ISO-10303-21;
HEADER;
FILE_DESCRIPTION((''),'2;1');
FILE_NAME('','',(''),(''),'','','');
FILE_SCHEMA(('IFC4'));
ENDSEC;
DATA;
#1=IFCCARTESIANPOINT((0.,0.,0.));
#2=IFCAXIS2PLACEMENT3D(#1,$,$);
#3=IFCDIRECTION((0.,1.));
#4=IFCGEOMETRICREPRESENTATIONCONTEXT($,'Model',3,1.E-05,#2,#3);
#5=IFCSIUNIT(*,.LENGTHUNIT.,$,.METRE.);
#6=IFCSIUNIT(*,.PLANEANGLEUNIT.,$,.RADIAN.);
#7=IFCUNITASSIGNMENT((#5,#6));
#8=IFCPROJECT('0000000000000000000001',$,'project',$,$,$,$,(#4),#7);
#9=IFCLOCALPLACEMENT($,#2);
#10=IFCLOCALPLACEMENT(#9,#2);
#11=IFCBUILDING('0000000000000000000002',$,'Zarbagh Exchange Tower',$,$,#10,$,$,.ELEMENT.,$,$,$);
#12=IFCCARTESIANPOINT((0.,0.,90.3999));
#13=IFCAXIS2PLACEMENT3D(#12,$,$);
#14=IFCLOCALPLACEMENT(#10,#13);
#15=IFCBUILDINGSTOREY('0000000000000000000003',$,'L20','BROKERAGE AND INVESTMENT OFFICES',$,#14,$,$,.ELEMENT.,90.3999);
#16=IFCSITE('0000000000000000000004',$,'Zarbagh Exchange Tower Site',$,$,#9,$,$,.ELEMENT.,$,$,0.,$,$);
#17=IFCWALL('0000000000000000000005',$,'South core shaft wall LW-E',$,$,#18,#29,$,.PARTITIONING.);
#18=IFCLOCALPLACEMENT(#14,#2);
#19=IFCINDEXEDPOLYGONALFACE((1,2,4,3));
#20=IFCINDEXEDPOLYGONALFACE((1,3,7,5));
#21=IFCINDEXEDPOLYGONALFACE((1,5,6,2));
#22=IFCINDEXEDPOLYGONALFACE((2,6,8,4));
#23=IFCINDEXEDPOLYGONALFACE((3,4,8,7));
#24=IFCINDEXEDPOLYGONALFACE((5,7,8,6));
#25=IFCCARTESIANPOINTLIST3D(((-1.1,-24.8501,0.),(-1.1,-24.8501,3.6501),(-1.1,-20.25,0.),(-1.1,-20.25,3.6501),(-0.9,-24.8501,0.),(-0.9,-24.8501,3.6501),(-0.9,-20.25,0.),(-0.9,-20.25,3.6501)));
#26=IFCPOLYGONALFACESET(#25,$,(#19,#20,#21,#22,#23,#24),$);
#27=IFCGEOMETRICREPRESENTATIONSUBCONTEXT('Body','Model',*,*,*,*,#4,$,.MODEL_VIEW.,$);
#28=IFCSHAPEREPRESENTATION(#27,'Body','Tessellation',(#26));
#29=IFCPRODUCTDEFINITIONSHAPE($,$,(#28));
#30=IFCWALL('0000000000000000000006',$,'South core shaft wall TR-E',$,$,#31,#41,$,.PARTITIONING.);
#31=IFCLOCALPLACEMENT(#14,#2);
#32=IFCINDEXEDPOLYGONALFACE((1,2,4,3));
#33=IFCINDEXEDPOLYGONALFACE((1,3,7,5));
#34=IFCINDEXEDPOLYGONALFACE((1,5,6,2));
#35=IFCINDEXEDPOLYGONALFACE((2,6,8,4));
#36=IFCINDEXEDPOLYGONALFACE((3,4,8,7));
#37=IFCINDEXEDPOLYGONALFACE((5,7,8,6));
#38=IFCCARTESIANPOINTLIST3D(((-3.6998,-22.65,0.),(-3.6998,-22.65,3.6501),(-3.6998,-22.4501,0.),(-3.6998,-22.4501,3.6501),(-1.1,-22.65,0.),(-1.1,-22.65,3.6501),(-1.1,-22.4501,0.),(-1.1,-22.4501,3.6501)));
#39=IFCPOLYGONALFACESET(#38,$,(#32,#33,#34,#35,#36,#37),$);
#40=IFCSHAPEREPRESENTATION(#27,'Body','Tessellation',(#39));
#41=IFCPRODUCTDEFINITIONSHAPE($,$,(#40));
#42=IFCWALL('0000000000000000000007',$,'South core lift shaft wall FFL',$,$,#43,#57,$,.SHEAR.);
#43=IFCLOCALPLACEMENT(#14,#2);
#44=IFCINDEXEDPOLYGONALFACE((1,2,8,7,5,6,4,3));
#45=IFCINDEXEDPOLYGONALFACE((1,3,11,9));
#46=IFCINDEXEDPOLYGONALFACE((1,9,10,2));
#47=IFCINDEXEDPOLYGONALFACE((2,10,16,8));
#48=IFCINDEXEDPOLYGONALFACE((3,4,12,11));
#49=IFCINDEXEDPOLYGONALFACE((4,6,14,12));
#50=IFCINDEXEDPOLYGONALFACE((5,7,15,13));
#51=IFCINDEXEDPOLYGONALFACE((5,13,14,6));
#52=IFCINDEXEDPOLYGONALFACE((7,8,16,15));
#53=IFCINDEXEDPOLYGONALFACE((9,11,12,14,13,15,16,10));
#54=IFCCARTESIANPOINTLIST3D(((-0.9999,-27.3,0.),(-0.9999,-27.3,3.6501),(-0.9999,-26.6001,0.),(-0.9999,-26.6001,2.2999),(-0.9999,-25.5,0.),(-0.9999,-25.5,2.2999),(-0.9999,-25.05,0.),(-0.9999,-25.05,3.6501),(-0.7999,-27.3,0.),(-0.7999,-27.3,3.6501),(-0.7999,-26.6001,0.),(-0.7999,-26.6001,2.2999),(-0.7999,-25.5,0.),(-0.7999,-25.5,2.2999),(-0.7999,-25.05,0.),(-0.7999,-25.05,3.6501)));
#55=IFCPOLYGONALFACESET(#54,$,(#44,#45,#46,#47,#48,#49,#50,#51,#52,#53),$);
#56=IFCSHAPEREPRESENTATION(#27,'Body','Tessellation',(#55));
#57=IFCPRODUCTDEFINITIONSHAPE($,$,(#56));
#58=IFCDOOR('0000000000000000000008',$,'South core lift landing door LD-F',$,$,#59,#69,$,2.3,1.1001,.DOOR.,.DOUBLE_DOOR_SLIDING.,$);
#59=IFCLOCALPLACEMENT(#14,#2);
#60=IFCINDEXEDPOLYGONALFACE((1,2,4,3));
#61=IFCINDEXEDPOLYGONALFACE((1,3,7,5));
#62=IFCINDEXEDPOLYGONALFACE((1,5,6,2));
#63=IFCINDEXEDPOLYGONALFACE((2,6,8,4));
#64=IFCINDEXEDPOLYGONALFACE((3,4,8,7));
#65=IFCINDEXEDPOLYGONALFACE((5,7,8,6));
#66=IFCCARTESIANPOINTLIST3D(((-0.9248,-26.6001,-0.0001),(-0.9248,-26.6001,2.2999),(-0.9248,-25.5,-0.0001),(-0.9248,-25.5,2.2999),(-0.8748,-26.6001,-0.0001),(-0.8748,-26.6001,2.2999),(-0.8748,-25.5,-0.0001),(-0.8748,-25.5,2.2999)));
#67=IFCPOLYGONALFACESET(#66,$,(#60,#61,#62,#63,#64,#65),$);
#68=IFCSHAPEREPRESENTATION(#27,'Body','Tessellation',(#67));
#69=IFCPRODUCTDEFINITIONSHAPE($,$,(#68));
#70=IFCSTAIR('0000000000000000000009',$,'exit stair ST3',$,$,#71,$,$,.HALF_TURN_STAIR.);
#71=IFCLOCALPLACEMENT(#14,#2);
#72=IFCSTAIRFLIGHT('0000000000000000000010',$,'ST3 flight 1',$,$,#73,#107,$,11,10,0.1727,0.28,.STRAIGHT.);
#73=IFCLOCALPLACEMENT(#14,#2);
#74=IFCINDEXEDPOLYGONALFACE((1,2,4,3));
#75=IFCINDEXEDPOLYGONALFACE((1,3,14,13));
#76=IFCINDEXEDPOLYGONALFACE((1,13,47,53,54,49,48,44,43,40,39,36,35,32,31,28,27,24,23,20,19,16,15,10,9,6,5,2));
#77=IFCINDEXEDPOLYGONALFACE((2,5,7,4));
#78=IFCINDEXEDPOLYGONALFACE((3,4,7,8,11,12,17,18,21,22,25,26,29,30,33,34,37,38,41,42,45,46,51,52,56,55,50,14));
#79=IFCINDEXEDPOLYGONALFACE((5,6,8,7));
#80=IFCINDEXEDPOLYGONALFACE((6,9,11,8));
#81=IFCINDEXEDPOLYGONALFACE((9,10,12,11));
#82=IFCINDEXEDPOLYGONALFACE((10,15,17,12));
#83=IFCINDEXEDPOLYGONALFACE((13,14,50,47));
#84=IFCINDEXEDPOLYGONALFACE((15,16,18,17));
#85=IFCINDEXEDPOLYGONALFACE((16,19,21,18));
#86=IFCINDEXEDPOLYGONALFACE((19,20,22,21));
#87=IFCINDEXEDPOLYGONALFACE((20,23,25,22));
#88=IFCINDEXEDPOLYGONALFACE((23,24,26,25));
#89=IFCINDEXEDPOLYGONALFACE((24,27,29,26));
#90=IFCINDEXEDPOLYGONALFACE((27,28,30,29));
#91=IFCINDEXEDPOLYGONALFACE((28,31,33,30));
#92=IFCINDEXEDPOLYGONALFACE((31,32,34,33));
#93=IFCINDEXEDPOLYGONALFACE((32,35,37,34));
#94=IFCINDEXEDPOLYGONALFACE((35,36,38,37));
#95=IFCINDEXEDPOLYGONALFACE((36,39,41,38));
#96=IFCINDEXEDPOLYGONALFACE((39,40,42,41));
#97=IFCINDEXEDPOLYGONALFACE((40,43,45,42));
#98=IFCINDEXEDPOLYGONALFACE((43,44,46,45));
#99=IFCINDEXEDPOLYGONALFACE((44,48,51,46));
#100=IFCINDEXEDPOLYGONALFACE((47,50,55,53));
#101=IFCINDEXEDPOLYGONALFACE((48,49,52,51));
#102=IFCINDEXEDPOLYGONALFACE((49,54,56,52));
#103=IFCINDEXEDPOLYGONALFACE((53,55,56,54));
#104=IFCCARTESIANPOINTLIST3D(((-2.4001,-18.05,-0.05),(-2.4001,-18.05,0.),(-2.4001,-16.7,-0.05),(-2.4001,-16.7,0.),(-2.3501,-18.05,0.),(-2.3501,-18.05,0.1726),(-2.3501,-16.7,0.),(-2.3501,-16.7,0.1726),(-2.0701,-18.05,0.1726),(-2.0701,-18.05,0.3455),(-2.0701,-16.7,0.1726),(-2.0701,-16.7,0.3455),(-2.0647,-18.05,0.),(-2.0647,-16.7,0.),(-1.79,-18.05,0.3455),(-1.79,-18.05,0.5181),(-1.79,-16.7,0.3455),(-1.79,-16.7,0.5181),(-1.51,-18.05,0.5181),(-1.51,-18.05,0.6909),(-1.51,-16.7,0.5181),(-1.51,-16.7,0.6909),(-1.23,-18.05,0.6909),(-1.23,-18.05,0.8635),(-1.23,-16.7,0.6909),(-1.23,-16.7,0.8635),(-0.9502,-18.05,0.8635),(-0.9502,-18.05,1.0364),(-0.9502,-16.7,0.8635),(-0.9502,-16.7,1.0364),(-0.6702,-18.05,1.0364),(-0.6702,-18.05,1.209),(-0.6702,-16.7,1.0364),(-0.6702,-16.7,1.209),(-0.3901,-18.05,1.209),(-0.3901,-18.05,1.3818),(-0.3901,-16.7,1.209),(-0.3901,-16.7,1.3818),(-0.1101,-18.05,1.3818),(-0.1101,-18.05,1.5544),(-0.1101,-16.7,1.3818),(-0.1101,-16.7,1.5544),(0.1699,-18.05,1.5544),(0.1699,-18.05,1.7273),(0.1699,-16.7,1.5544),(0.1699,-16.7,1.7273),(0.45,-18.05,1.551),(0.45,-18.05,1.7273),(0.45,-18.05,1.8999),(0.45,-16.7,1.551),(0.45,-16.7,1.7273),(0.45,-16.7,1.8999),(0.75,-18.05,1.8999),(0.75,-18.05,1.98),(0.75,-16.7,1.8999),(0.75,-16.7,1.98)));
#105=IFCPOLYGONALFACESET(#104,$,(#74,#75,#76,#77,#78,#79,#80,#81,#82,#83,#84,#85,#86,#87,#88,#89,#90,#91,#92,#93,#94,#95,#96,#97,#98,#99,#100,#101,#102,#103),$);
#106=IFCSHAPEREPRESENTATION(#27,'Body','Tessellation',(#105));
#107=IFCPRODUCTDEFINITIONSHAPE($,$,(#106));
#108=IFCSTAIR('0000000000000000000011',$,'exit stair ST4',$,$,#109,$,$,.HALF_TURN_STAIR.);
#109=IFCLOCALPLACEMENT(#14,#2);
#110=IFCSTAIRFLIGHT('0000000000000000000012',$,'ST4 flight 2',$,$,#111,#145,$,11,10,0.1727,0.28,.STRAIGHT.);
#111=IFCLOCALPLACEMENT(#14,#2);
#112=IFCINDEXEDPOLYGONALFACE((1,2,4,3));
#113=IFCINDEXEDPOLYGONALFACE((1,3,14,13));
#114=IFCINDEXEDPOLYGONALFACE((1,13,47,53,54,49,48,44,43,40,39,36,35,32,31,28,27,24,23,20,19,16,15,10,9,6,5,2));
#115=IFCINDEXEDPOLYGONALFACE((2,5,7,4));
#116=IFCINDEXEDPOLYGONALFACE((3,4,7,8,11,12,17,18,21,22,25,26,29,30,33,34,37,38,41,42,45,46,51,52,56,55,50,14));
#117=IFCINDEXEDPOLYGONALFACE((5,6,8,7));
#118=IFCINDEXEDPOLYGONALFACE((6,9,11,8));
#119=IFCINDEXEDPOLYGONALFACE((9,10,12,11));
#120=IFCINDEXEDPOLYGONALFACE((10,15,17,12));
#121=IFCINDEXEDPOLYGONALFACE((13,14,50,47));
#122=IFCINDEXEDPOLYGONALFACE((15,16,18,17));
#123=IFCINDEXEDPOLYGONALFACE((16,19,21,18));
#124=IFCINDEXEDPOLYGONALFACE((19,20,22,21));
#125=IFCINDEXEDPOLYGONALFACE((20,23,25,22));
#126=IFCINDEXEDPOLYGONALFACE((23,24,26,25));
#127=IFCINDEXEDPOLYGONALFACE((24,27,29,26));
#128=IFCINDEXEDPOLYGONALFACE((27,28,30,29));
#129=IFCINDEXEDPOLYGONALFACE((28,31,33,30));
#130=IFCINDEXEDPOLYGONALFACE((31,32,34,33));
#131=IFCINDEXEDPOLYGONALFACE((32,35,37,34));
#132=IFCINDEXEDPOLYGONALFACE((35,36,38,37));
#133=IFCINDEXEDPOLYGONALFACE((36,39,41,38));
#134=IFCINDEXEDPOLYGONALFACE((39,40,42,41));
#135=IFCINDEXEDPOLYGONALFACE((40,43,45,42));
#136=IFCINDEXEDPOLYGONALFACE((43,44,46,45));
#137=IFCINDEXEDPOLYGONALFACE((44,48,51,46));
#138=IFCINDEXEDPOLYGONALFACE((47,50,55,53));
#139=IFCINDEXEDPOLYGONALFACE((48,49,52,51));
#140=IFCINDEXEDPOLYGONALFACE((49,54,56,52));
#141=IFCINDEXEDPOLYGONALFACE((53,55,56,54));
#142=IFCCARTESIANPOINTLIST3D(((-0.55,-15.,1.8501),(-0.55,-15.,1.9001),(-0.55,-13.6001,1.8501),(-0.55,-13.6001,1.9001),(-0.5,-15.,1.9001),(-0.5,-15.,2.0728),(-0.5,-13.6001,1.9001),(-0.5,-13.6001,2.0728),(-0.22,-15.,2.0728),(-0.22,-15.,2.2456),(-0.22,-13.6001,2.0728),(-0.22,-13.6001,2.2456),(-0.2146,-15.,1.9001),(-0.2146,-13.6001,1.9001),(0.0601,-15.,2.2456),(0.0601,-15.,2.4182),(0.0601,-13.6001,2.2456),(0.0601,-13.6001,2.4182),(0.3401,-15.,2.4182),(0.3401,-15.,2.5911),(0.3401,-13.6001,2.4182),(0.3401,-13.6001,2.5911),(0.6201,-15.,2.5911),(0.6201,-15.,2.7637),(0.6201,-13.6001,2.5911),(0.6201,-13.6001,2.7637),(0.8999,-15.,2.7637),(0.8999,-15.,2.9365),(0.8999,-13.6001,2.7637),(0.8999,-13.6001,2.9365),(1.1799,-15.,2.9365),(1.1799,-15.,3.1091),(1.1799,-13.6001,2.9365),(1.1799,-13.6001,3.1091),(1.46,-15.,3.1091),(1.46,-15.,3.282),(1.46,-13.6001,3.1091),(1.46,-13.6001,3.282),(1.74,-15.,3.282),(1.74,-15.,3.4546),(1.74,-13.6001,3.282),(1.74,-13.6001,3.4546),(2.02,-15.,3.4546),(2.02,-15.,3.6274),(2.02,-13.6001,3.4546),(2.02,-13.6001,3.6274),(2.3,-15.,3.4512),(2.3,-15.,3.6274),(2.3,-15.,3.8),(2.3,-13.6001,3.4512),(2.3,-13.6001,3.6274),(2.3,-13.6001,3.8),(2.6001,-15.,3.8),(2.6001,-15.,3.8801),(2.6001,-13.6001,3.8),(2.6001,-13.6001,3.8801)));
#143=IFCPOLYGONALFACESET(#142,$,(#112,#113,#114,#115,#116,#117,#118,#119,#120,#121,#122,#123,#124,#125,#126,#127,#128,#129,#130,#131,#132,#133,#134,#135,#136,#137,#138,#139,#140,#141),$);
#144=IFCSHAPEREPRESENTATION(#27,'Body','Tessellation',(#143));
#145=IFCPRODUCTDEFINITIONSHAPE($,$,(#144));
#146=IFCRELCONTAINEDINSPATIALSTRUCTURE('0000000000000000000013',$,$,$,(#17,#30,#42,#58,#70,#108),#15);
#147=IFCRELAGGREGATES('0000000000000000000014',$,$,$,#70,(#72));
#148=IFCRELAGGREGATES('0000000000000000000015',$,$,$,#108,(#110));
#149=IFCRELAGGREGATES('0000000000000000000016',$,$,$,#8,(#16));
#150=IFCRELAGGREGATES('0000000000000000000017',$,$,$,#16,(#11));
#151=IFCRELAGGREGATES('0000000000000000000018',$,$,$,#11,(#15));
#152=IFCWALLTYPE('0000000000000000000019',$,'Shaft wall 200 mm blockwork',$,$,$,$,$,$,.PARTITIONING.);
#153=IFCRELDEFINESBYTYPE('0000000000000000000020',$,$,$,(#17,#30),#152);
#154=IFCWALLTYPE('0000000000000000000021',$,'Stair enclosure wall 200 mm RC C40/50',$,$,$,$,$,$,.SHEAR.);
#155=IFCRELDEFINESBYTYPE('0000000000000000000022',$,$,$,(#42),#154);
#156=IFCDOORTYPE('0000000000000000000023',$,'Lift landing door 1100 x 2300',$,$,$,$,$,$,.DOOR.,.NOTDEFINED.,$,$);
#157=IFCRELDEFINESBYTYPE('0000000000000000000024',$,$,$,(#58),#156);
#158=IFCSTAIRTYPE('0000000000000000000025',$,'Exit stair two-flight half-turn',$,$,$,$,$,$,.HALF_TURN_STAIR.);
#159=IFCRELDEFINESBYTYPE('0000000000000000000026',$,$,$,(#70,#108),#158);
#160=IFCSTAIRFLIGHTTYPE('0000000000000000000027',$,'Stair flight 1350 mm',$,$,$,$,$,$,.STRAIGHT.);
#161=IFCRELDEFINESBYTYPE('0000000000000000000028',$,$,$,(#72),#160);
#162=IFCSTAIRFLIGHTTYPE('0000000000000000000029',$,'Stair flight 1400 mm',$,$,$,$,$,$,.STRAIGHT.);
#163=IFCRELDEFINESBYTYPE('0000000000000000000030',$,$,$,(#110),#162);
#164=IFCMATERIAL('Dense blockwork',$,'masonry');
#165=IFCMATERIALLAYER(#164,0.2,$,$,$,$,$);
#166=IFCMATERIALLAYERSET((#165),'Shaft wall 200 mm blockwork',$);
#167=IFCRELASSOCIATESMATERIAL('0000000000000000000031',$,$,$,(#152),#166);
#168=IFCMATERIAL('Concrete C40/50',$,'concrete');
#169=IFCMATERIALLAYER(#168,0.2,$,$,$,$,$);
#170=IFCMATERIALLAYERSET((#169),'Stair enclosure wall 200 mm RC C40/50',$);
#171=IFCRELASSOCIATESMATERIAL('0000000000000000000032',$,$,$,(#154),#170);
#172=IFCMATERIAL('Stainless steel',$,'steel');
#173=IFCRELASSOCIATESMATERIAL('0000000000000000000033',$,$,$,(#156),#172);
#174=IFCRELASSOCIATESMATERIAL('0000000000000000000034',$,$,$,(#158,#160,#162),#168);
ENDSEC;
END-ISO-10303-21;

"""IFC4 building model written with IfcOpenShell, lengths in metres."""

from ifc_helpers import new_model, si_unit, direction, frame, frame_2d, origin, place, context, subcontext, project, spatial, polyline, rectangle, outline, extrude, material, layer, layer_set, type_object, element, fill, aggregate, save


model = new_model("IFC4")

# Units and contexts
model_context = context("Model", 3, precision=1e-05, world=origin(), true_north=direction((0.0, 1.0)))
body_context = subcontext(model_context, "Body", "Model", "MODEL_VIEW")
ifc_project = project(units=[si_unit("LENGTHUNIT", "METRE"), si_unit("PLANEANGLEUNIT", "RADIAN")], contexts=[model_context])

# Site, building, storey
site_placement = place(None, origin())
site = spatial("IfcSite", under=ifc_project, at=site_placement, Name="Zarbagh Exchange Tower Site", CompositionType="ELEMENT", RefElevation=0.0)
building_placement = place(site_placement, origin())
building = spatial("IfcBuilding", under=site, at=building_placement, Name="Zarbagh Exchange Tower", CompositionType="ELEMENT")
storey_placement = place(building_placement, frame((0.0, 0.0, 90.3999)))
storey = spatial("IfcBuildingStorey", under=building, at=storey_placement, Name="L20", Description="BROKERAGE AND INVESTMENT OFFICES", CompositionType="ELEMENT", Elevation=90.3999)

# Shared definitions
ifc_material_1 = material(Name="Concrete C40/50", Category="concrete")

# Walls
ifc_material_2 = material(Name="Dense blockwork", Category="masonry")
ifc_layer_1 = layer(ifc_material_2, 0.2)
ifc_layer_set_1 = layer_set([ifc_layer_1], Name="Shaft wall 200 mm blockwork")
wall_type_1 = type_object("IfcWallType", Name="Shaft wall 200 mm blockwork", PredefinedType="PARTITIONING", material=ifc_layer_set_1)
wall_1_placement = place(storey_placement, frame((-1.0, -24.8501, 0.0), z_axis=(0.0, 0.0, 1.0), x_axis=(0.0, 1.0, 0.0)))
element("IfcWall", 1, at=wall_1_placement, inside=storey, type_object=wall_type_1, Name="South core shaft wall LW-E", PredefinedType="PARTITIONING", context=body_context, shape_type="SweptSolid", body=[
    extrude(rectangle(XDim=4.6001, YDim=0.2, at=frame_2d((2.3, 0.0))), origin(), (0.0, 0.0, 1.0), 3.6501),
])
wall_2_placement = place(storey_placement, frame((-1.1001, -22.55, 0.0), z_axis=(0.0, 0.0, 1.0), x_axis=(-1.0, 0.0, 0.0)))
element("IfcWall", 2, at=wall_2_placement, inside=storey, type_object=wall_type_1, Name="South core shaft wall TR-E", PredefinedType="PARTITIONING", context=body_context, shape_type="SweptSolid", body=[
    extrude(rectangle(XDim=2.5999, YDim=0.2, at=frame_2d((1.2998, 0.0))), origin(), (0.0, 0.0, 1.0), 3.6501),
])

# Wall, opening, door
ifc_layer_2 = layer(ifc_material_1, 0.2)
ifc_layer_set_2 = layer_set([ifc_layer_2], Name="Stair enclosure wall 200 mm RC C40/50")
wall_type_2 = type_object("IfcWallType", Name="Stair enclosure wall 200 mm RC C40/50", PredefinedType="SHEAR", material=ifc_layer_set_2)
wall_3_placement = place(storey_placement, frame((-0.8999, -27.3, 0.0), z_axis=(0.0, 0.0, 1.0), x_axis=(0.0, 1.0, 0.0)))
wall_3 = element("IfcWall", 3, at=wall_3_placement, inside=storey, type_object=wall_type_2, Name="South core lift shaft wall FFL", PredefinedType="SHEAR", context=body_context, shape_type="SweptSolid", body=[
    extrude(rectangle(XDim=2.25, YDim=0.2, at=frame_2d((1.125, 0.0))), origin(), (0.0, 0.0, 1.0), 3.6501),
])
opening_1_placement = place(wall_3_placement, frame((0.7, 0.0, 0.0)))
opening_1 = element("IfcOpeningElement", 4, at=opening_1_placement, cuts=wall_3, PredefinedType="OPENING", context=body_context, shape_type="SweptSolid", body=[
    extrude(rectangle(XDim=1.1001, YDim=2.3, at=frame_2d((0.55, 1.1499))), frame((0.0, 0.1099, 0.0), z_axis=(0.0, -1.0, 0.0), x_axis=(1.0, 0.0, 0.0)), (0.0, 0.0, 1.0), 0.22),
])
ifc_material_3 = material(Name="Stainless steel", Category="steel")
door_type_1 = type_object("IfcDoorType", Name="Lift landing door 1100 x 2300", OperationType="NOTDEFINED", PredefinedType="DOOR", material=ifc_material_3)
door_1_placement = place(opening_1_placement, origin())
door_1 = element("IfcDoor", 5, at=door_1_placement, inside=storey, type_object=door_type_1, Name="South core lift landing door LD-F", OperationType="DOUBLE_DOOR_SLIDING", OverallHeight=2.3, OverallWidth=1.1001, PredefinedType="DOOR", context=body_context, shape_type="SweptSolid", body=[
    extrude(rectangle(XDim=1.1001, YDim=2.3, at=frame_2d((0.55, 1.1499))), frame((0.0, 0.0249, 0.0), z_axis=(0.0, -1.0, 0.0), x_axis=(1.0, 0.0, 0.0)), (0.0, 0.0, 1.0), 0.05),
])
fill(opening_1, door_1)

# Stairs, stair flights
stair_type = type_object("IfcStairType", Name="Exit stair two-flight half-turn", PredefinedType="HALF_TURN_STAIR", material=ifc_material_1)
stair_1_placement = place(storey_placement, origin())
stair_1 = element("IfcStair", 6, at=stair_1_placement, inside=storey, type_object=stair_type, Name="exit stair ST3", PredefinedType="HALF_TURN_STAIR")
stair_flight_type_1 = type_object("IfcStairFlightType", Name="Stair flight 1350 mm", PredefinedType="STRAIGHT", material=ifc_material_1)
stair_flight_1_placement = place(storey_placement, frame((-2.3501, -17.375, 0.0), z_axis=(0.0, 0.0, 1.0), x_axis=(1.0, 0.0, 0.0)))
stair_flight_1 = element("IfcStairFlight", 7, at=stair_flight_1_placement, type_object=stair_flight_type_1, Name="ST3 flight 1", NumberOfRisers=11, NumberOfTreads=10, PredefinedType="STRAIGHT", RiserHeight=0.1727, TreadLength=0.28, context=body_context, shape_type="SweptSolid", body=[
    extrude(outline(polyline([(-0.05, -0.05), (-0.05, 0.0), (0.0, 0.0), (0.0, 0.1726), (0.28, 0.1726), (0.28, 0.3455), (0.5601, 0.3455), (0.5601, 0.5181), (0.8401, 0.5181), (0.8401, 0.6909), (1.1201, 0.6909), (1.1201, 0.8635), (1.3999, 0.8635), (1.3999, 1.0364), (1.6799, 1.0364), (1.6799, 1.209), (1.96, 1.209), (1.96, 1.3818), (2.24, 1.3818), (2.24, 1.5544), (2.52, 1.5544), (2.52, 1.7273), (2.8, 1.7273), (2.8, 1.8999), (3.1001, 1.98), (3.1001, 1.8999), (2.8, 1.551), (0.2854, 0.0), (-0.05, -0.05)])), frame((0.0, 0.675, 0.0), z_axis=(0.0, -1.0, 0.0), x_axis=(1.0, 0.0, 0.0)), (0.0, 0.0, 1.0), 1.3501),
])
aggregate(stair_1, [stair_flight_1])
stair_2_placement = place(storey_placement, origin())
stair_2 = element("IfcStair", 8, at=stair_2_placement, inside=storey, type_object=stair_type, Name="exit stair ST4", PredefinedType="HALF_TURN_STAIR")
stair_flight_type_2 = type_object("IfcStairFlightType", Name="Stair flight 1400 mm", PredefinedType="STRAIGHT", material=ifc_material_1)
stair_flight_2_placement = place(storey_placement, frame((-0.5, -14.3, 1.9001), z_axis=(0.0, 0.0, 1.0), x_axis=(1.0, 0.0, 0.0)))
stair_flight_2 = element("IfcStairFlight", 9, at=stair_flight_2_placement, type_object=stair_flight_type_2, Name="ST4 flight 2", NumberOfRisers=11, NumberOfTreads=10, PredefinedType="STRAIGHT", RiserHeight=0.1727, TreadLength=0.28, context=body_context, shape_type="SweptSolid", body=[
    extrude(outline(polyline([(-0.05, -0.05), (-0.05, 0.0), (0.0, 0.0), (0.0, 0.1726), (0.28, 0.1726), (0.28, 0.3455), (0.5601, 0.3455), (0.5601, 0.5181), (0.8401, 0.5181), (0.8401, 0.6909), (1.1201, 0.6909), (1.1201, 0.8635), (1.3999, 0.8635), (1.3999, 1.0364), (1.6799, 1.0364), (1.6799, 1.209), (1.96, 1.209), (1.96, 1.3818), (2.24, 1.3818), (2.24, 1.5544), (2.52, 1.5544), (2.52, 1.7273), (2.8, 1.7273), (2.8, 1.8999), (3.1001, 1.98), (3.1001, 1.8999), (2.8, 1.551), (0.2854, 0.0), (-0.05, -0.05)])), frame((0.0, 0.7, 0.0), z_axis=(0.0, -1.0, 0.0), x_axis=(1.0, 0.0, 0.0)), (0.0, 0.0, 1.0), 1.3999),
])
aggregate(stair_2, [stair_flight_2])

save(model, "model.ifc")
